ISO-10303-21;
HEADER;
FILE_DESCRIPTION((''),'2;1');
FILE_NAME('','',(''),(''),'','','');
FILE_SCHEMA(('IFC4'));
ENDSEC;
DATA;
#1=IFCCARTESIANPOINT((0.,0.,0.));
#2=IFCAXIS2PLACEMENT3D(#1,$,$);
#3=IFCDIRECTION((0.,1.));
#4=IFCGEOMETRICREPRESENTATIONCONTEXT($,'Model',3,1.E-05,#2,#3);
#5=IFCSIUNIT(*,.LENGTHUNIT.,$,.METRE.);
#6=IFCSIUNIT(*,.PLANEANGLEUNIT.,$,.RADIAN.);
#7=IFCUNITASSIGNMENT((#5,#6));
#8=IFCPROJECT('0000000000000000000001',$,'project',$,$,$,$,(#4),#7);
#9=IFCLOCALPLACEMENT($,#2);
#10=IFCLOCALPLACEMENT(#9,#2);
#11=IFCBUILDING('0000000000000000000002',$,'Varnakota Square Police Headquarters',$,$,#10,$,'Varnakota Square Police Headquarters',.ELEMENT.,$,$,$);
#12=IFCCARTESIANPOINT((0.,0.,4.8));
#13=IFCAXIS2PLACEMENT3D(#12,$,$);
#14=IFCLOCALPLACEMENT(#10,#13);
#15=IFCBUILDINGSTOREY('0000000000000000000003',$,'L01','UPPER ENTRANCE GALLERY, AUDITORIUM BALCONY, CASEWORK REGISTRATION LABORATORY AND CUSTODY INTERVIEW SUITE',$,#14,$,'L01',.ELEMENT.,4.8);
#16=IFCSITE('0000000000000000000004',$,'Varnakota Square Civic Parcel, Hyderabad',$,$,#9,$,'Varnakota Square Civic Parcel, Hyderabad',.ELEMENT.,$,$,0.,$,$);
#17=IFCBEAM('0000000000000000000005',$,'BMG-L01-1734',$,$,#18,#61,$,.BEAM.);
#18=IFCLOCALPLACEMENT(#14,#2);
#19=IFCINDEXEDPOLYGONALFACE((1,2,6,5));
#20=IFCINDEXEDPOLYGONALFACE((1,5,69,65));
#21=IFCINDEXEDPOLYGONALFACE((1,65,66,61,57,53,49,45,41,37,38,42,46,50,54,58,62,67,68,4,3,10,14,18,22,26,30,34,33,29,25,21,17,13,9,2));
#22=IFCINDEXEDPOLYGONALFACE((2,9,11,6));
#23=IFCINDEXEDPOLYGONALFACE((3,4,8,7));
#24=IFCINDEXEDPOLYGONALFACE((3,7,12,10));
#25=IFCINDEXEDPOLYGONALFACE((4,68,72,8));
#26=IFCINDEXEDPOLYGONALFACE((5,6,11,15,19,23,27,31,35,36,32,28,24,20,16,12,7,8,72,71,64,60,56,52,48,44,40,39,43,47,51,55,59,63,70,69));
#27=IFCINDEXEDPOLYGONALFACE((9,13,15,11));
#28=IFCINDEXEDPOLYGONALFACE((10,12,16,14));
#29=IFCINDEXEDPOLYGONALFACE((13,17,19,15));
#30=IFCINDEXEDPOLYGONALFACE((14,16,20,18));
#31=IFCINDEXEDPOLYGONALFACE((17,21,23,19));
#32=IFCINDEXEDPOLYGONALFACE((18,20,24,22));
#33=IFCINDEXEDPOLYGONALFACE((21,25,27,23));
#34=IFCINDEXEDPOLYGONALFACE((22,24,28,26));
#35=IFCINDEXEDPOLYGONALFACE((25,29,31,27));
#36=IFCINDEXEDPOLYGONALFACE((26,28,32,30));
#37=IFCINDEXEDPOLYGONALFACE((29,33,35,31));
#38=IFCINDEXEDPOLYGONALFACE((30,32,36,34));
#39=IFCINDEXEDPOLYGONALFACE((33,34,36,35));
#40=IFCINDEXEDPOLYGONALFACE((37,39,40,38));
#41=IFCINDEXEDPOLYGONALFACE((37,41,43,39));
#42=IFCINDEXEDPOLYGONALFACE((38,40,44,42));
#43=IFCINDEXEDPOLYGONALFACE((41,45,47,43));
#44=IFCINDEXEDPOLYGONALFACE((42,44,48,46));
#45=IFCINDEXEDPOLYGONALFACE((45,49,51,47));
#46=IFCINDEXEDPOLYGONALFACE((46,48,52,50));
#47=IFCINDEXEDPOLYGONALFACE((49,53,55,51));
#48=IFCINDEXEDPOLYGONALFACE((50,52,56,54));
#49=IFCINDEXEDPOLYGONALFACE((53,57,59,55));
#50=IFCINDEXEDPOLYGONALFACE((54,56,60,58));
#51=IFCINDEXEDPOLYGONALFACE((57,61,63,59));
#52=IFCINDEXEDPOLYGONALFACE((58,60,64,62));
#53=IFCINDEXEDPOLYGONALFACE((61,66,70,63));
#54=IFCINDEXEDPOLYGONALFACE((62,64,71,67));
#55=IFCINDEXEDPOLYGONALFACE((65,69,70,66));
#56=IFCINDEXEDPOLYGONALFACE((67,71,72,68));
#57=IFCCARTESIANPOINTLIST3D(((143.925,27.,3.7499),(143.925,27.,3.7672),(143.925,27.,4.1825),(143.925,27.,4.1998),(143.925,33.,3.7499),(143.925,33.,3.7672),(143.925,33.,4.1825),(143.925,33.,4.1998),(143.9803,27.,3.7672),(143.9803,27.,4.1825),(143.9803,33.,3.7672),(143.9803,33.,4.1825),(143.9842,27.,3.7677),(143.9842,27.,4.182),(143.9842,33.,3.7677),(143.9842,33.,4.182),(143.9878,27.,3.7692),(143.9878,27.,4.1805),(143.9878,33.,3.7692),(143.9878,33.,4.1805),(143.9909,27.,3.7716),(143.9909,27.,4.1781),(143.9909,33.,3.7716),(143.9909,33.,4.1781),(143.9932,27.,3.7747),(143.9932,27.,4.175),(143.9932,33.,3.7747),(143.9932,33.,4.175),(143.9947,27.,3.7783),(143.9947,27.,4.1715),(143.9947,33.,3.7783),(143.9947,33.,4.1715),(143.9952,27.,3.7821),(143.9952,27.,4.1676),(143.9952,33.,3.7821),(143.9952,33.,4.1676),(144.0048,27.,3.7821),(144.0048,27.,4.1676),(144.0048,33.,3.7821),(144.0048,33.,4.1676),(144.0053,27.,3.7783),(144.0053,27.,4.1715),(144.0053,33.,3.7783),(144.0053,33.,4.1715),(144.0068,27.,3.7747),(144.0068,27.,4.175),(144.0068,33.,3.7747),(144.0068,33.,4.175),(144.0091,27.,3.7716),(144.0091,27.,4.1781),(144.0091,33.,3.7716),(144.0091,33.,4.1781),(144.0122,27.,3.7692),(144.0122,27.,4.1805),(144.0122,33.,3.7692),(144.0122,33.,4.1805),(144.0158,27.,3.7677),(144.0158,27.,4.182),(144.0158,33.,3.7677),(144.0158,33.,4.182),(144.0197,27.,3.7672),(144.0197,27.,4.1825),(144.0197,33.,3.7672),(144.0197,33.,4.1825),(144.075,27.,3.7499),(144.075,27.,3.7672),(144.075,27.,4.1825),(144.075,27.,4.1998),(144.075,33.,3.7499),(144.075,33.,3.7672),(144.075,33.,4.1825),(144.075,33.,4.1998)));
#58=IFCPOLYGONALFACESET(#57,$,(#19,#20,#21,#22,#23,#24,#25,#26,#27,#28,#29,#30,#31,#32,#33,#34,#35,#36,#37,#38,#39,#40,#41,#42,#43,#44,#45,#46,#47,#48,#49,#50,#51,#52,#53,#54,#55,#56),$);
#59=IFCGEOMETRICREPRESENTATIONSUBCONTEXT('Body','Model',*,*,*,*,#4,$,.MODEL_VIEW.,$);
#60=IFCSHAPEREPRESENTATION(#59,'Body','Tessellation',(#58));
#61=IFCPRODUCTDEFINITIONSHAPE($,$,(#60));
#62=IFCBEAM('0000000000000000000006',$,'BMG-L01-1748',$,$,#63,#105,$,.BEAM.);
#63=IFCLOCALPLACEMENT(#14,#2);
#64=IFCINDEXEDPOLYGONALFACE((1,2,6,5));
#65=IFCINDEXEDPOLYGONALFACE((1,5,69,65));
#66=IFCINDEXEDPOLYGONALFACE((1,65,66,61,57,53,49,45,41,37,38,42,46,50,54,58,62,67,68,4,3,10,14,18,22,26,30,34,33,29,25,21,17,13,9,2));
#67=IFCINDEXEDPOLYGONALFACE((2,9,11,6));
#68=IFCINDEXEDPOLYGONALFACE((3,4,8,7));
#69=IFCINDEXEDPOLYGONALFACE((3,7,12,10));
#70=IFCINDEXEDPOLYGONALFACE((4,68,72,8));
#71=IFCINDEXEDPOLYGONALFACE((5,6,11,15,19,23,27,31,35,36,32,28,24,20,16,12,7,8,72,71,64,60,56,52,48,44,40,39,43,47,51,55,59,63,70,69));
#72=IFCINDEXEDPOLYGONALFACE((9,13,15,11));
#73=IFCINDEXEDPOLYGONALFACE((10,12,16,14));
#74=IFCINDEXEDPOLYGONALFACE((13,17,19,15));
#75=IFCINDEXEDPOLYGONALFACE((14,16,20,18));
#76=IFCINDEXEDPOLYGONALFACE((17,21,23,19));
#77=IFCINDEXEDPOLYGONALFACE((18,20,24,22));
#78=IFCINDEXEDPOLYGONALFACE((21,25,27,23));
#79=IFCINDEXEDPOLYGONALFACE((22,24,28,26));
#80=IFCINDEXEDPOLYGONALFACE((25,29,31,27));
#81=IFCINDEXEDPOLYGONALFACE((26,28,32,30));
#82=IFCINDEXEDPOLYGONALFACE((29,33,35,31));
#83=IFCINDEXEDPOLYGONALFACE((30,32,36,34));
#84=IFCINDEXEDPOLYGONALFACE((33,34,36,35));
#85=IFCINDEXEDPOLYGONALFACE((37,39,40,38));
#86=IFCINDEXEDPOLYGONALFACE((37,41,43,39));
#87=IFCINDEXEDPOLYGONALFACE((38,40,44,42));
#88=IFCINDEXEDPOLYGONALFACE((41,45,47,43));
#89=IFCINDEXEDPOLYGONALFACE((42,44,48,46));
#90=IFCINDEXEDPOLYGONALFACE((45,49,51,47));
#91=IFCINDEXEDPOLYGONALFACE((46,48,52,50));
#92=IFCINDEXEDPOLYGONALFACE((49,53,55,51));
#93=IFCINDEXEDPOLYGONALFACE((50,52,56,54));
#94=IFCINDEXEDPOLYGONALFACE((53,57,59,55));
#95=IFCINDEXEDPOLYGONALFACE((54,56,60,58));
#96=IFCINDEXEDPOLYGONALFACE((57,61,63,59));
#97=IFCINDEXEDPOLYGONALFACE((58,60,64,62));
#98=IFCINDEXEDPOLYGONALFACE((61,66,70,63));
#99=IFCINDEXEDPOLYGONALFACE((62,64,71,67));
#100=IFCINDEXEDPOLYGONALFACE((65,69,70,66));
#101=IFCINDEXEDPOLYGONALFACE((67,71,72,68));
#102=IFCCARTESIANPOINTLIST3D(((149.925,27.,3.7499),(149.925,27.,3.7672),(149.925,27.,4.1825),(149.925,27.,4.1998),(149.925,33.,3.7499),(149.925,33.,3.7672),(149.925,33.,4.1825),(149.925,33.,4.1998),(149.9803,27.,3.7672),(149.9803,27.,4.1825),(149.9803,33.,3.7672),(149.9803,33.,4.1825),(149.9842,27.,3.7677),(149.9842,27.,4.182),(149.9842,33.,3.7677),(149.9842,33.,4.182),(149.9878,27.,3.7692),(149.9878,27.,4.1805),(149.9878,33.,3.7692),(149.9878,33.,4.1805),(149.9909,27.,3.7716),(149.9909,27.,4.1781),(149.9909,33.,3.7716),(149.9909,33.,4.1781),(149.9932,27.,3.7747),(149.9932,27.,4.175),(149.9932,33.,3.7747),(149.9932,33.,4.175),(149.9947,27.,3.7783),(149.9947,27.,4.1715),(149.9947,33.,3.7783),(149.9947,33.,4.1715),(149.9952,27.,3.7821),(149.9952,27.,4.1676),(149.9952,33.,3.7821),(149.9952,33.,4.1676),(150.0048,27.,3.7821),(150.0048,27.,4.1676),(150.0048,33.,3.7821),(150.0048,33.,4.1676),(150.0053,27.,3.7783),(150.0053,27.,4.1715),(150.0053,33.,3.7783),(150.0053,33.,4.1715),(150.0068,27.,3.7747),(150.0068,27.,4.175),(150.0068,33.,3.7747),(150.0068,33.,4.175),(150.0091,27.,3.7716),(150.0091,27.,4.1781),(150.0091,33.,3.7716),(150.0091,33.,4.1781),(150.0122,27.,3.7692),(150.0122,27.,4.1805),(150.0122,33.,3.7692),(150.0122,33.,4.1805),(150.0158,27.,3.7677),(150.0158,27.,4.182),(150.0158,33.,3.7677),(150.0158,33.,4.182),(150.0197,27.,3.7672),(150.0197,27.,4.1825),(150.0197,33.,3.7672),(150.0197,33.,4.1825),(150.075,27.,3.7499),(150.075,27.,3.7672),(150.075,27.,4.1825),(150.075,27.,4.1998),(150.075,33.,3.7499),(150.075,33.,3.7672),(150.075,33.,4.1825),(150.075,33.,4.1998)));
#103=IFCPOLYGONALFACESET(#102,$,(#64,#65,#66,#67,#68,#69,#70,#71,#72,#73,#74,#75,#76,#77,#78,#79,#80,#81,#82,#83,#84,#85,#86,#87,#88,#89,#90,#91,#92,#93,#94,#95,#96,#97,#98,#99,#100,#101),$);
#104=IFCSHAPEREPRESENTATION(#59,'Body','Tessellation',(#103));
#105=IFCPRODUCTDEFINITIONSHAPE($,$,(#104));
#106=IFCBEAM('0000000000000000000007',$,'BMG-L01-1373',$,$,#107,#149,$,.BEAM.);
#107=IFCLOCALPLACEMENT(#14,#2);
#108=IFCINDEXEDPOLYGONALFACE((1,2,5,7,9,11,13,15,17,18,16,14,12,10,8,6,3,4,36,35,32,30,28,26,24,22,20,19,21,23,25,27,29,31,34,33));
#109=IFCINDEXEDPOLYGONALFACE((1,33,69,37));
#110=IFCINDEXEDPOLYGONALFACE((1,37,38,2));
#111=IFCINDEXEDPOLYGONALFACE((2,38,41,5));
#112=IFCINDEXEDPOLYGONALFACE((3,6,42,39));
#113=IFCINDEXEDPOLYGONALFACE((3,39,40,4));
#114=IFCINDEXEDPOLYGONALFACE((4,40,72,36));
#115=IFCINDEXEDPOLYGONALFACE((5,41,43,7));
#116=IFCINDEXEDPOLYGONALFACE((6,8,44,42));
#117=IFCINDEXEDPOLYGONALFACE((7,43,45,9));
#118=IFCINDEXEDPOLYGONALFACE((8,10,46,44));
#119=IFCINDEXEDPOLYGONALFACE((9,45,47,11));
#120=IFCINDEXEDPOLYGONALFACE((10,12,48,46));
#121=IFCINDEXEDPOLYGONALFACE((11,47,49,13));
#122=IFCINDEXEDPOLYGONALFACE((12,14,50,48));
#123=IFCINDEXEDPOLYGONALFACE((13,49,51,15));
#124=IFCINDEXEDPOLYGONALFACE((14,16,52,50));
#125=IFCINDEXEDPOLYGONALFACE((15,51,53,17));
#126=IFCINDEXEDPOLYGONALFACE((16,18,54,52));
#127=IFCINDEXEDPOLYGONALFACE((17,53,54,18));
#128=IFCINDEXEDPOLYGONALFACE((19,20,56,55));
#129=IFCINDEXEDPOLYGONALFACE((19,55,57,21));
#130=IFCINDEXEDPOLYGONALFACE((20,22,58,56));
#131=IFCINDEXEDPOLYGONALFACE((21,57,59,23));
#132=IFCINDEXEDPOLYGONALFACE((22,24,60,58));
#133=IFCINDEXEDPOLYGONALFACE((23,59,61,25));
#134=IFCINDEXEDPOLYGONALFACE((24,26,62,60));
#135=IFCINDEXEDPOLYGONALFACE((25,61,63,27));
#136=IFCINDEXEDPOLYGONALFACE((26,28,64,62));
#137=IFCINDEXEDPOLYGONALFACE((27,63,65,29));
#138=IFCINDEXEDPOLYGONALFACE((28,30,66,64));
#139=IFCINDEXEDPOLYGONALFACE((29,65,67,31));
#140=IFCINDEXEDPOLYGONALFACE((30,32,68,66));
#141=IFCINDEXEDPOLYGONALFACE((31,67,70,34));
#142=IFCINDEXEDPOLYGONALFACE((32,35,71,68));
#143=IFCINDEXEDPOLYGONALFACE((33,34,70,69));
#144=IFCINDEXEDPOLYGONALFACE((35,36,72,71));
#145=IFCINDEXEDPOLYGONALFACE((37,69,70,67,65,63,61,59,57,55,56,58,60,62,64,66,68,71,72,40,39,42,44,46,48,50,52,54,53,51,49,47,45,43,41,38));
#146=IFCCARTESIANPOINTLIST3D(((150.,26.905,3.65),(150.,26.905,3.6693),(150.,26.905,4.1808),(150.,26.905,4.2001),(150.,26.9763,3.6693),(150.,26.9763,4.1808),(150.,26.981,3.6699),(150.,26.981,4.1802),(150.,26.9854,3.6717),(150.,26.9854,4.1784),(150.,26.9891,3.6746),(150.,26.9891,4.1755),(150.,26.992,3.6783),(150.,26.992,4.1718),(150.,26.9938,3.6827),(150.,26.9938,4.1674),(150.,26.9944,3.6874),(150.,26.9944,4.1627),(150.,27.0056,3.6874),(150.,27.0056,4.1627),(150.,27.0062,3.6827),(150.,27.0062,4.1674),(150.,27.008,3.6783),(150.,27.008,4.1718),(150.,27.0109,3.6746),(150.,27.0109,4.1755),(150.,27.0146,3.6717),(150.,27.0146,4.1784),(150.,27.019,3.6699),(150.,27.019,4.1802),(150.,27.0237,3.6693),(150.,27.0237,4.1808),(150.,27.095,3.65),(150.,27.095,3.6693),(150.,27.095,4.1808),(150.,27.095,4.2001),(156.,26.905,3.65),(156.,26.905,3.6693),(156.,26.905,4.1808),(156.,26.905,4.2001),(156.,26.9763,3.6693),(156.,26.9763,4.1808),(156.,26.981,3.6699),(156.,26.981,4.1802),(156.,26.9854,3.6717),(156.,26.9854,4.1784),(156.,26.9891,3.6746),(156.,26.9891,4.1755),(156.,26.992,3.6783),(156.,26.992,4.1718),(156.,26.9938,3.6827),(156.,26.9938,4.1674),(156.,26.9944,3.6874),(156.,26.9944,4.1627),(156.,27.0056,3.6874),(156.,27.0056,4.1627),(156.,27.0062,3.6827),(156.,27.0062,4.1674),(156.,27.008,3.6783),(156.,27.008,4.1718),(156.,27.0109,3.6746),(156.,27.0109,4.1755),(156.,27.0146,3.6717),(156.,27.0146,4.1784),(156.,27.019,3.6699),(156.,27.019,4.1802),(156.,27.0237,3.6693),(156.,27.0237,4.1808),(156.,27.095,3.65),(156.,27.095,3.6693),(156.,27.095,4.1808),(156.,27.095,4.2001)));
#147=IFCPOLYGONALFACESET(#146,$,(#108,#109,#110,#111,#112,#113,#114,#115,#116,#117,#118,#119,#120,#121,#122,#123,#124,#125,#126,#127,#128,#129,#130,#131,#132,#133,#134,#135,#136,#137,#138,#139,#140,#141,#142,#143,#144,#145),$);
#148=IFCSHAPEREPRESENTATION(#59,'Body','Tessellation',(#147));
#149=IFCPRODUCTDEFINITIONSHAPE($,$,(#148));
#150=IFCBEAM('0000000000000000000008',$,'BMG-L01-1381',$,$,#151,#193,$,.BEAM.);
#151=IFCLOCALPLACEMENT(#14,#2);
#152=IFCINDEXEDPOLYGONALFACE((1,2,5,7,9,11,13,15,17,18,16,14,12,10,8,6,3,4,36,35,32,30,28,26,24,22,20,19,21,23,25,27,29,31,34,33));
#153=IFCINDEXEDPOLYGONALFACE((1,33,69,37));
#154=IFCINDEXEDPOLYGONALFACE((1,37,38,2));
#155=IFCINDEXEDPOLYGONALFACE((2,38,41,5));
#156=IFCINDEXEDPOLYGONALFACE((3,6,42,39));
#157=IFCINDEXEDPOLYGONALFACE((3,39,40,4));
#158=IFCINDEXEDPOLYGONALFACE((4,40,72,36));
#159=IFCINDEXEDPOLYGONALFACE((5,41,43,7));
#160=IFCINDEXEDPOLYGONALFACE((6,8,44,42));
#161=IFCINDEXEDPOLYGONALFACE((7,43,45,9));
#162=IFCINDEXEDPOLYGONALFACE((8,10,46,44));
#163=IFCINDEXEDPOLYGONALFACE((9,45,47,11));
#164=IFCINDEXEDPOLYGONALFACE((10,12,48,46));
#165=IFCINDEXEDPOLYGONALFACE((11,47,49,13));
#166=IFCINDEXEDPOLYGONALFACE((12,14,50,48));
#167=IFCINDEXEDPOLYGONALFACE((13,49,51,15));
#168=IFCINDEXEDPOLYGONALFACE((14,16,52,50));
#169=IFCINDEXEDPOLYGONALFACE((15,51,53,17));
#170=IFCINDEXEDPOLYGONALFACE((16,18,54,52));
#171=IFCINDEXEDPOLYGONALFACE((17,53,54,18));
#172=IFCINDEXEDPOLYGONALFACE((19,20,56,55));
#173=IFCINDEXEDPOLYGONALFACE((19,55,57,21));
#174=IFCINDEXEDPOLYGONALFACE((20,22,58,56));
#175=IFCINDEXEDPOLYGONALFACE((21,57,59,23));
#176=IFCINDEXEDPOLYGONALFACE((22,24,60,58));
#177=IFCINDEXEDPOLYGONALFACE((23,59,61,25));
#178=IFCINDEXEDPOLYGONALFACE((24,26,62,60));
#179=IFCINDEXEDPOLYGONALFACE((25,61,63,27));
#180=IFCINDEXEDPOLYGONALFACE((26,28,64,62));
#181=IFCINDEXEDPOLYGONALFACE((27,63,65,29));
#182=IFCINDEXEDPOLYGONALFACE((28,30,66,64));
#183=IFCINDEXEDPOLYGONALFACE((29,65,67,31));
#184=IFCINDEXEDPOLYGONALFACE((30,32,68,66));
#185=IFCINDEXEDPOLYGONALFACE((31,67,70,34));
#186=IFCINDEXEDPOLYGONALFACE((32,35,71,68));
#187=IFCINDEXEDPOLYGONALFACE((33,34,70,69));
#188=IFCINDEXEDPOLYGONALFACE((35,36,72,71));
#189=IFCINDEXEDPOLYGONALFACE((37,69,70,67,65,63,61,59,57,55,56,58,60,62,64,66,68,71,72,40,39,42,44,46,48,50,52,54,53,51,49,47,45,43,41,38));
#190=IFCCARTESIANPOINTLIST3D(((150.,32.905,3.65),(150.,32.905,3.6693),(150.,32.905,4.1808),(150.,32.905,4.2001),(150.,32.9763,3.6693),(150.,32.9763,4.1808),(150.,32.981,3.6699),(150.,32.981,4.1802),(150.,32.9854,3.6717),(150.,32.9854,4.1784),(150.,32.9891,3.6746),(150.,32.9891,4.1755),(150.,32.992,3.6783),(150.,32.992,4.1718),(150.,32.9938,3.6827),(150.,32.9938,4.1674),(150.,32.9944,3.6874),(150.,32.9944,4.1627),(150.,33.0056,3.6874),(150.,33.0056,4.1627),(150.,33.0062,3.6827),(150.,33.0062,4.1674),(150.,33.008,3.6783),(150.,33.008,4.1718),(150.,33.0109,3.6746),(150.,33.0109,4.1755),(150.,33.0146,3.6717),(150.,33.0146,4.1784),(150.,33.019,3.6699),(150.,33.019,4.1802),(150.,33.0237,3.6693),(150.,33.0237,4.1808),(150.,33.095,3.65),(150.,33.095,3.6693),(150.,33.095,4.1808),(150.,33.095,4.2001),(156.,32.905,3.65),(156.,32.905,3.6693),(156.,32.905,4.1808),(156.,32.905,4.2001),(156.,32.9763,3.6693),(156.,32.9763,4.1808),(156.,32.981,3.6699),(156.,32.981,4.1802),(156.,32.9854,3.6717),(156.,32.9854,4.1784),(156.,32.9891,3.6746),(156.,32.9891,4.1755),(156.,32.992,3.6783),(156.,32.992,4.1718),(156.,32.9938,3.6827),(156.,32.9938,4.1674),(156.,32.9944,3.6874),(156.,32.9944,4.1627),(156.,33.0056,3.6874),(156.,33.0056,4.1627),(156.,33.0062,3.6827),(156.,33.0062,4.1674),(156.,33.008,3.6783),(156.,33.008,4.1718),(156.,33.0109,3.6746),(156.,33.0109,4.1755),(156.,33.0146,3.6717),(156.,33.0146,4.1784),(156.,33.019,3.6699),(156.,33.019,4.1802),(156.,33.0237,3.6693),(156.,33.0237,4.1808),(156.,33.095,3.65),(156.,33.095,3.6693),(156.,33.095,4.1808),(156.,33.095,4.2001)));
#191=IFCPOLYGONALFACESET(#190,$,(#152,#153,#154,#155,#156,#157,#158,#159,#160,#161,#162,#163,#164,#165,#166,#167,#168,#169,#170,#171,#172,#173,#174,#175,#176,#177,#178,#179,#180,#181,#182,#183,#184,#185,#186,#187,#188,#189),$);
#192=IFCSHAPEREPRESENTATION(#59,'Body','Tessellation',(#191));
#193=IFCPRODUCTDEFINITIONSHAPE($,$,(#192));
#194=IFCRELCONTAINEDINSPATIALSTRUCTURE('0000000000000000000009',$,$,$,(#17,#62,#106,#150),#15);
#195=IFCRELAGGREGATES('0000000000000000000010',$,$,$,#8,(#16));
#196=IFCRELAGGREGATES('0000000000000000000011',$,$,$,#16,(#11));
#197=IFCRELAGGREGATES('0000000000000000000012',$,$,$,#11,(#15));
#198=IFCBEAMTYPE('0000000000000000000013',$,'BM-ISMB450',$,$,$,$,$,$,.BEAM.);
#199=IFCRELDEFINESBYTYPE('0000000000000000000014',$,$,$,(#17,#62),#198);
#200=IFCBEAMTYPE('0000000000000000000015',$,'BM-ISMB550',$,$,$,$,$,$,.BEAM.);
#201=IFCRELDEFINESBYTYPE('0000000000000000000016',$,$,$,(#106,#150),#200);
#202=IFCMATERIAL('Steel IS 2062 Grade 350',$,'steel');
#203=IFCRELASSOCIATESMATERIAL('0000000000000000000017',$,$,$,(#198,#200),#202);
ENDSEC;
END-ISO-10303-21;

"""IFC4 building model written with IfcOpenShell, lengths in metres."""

from ifc_helpers import new_model, si_unit, direction, frame, origin, origin_2d, place, context, subcontext, project, spatial, i_section, extrude, material, material_profile, profile_set, type_object, element, save


model = new_model("IFC4")

# Units and contexts
model_context = context("Model", 3, precision=1e-05, world=origin(), true_north=direction((0.0, 1.0)))
body_context = subcontext(model_context, "Body", "Model", "MODEL_VIEW")
ifc_project = project(units=[si_unit("LENGTHUNIT", "METRE"), si_unit("PLANEANGLEUNIT", "RADIAN")], contexts=[model_context])

# Site, building, storey
site_placement = place(None, origin())
site = spatial("IfcSite", under=ifc_project, at=site_placement, Name="Varnakota Square Civic Parcel, Hyderabad", LongName="Varnakota Square Civic Parcel, Hyderabad", CompositionType="ELEMENT", RefElevation=0.0)
building_placement = place(site_placement, origin())
building = spatial("IfcBuilding", under=site, at=building_placement, Name="Varnakota Square Police Headquarters", LongName="Varnakota Square Police Headquarters", CompositionType="ELEMENT")
storey_placement = place(building_placement, frame((0.0, 0.0, 4.8)))
storey = spatial("IfcBuildingStorey", under=building, at=storey_placement, Name="L01", Description="UPPER ENTRANCE GALLERY, AUDITORIUM BALCONY, CASEWORK REGISTRATION LABORATORY AND CUSTODY INTERVIEW SUITE", LongName="L01", CompositionType="ELEMENT", Elevation=4.8)

# Shared definitions
ifc_material_1 = material(Name="Steel IS 2062 Grade 350", Category="steel")

# Beams
ifc_material_profile_1 = material_profile(ifc_material_1, i_section(OverallWidth=0.1499, OverallDepth=0.45, WebThickness=0.0095, FlangeThickness=0.0173, FilletRadius=0.0149, at=origin_2d()), Name="ISMB 450")
ifc_profile_set_1 = profile_set([ifc_material_profile_1], Name="Steel IS 2062 Grade 350")
beam_type_1 = type_object("IfcBeamType", Name="BM-ISMB450", PredefinedType="BEAM", material=ifc_profile_set_1)
for number, where, z_axis, x_axis, name in (
    (1, (144.0, 27.0, 3.9749), (0.0, 1.0, 0.0), (-1.0, 0.0, 0.0), "BMG-L01-1734"),
    (2, (150.0, 27.0, 3.9749), (0.0, 1.0, 0.0), (-1.0, 0.0, 0.0), "BMG-L01-1748"),
):
    element("IfcBeam", number, at=place(storey_placement, frame(where, z_axis=z_axis, x_axis=x_axis)), inside=storey, type_object=beam_type_1, Name=name, PredefinedType="BEAM", context=body_context, shape_type="SweptSolid", body=[
        extrude(i_section(OverallWidth=0.1499, OverallDepth=0.45, WebThickness=0.0095, FlangeThickness=0.0173, FilletRadius=0.0149, at=origin_2d()), origin(), (0.0, 0.0, 1.0), 6.0),
    ])
ifc_material_profile_2 = material_profile(ifc_material_1, i_section(OverallWidth=0.1899, OverallDepth=0.55, WebThickness=0.0112, FlangeThickness=0.0193, FilletRadius=0.0181, at=origin_2d()), Name="ISMB 550")
ifc_profile_set_2 = profile_set([ifc_material_profile_2], Name="Steel IS 2062 Grade 350")
beam_type_2 = type_object("IfcBeamType", Name="BM-ISMB550", PredefinedType="BEAM", material=ifc_profile_set_2)
for number, where, z_axis, x_axis, name in (
    (3, (150.0, 27.0, 3.925), (1.0, 0.0, 0.0), (0.0, 1.0, 0.0), "BMG-L01-1373"),
    (4, (150.0, 33.0, 3.925), (1.0, 0.0, 0.0), (0.0, 1.0, 0.0), "BMG-L01-1381"),
):
    element("IfcBeam", number, at=place(storey_placement, frame(where, z_axis=z_axis, x_axis=x_axis)), inside=storey, type_object=beam_type_2, Name=name, PredefinedType="BEAM", context=body_context, shape_type="SweptSolid", body=[
        extrude(i_section(OverallWidth=0.1899, OverallDepth=0.55, WebThickness=0.0112, FlangeThickness=0.0193, FilletRadius=0.0181, at=origin_2d()), origin(), (0.0, 0.0, 1.0), 6.0),
    ])

save(model, "model.ifc")
